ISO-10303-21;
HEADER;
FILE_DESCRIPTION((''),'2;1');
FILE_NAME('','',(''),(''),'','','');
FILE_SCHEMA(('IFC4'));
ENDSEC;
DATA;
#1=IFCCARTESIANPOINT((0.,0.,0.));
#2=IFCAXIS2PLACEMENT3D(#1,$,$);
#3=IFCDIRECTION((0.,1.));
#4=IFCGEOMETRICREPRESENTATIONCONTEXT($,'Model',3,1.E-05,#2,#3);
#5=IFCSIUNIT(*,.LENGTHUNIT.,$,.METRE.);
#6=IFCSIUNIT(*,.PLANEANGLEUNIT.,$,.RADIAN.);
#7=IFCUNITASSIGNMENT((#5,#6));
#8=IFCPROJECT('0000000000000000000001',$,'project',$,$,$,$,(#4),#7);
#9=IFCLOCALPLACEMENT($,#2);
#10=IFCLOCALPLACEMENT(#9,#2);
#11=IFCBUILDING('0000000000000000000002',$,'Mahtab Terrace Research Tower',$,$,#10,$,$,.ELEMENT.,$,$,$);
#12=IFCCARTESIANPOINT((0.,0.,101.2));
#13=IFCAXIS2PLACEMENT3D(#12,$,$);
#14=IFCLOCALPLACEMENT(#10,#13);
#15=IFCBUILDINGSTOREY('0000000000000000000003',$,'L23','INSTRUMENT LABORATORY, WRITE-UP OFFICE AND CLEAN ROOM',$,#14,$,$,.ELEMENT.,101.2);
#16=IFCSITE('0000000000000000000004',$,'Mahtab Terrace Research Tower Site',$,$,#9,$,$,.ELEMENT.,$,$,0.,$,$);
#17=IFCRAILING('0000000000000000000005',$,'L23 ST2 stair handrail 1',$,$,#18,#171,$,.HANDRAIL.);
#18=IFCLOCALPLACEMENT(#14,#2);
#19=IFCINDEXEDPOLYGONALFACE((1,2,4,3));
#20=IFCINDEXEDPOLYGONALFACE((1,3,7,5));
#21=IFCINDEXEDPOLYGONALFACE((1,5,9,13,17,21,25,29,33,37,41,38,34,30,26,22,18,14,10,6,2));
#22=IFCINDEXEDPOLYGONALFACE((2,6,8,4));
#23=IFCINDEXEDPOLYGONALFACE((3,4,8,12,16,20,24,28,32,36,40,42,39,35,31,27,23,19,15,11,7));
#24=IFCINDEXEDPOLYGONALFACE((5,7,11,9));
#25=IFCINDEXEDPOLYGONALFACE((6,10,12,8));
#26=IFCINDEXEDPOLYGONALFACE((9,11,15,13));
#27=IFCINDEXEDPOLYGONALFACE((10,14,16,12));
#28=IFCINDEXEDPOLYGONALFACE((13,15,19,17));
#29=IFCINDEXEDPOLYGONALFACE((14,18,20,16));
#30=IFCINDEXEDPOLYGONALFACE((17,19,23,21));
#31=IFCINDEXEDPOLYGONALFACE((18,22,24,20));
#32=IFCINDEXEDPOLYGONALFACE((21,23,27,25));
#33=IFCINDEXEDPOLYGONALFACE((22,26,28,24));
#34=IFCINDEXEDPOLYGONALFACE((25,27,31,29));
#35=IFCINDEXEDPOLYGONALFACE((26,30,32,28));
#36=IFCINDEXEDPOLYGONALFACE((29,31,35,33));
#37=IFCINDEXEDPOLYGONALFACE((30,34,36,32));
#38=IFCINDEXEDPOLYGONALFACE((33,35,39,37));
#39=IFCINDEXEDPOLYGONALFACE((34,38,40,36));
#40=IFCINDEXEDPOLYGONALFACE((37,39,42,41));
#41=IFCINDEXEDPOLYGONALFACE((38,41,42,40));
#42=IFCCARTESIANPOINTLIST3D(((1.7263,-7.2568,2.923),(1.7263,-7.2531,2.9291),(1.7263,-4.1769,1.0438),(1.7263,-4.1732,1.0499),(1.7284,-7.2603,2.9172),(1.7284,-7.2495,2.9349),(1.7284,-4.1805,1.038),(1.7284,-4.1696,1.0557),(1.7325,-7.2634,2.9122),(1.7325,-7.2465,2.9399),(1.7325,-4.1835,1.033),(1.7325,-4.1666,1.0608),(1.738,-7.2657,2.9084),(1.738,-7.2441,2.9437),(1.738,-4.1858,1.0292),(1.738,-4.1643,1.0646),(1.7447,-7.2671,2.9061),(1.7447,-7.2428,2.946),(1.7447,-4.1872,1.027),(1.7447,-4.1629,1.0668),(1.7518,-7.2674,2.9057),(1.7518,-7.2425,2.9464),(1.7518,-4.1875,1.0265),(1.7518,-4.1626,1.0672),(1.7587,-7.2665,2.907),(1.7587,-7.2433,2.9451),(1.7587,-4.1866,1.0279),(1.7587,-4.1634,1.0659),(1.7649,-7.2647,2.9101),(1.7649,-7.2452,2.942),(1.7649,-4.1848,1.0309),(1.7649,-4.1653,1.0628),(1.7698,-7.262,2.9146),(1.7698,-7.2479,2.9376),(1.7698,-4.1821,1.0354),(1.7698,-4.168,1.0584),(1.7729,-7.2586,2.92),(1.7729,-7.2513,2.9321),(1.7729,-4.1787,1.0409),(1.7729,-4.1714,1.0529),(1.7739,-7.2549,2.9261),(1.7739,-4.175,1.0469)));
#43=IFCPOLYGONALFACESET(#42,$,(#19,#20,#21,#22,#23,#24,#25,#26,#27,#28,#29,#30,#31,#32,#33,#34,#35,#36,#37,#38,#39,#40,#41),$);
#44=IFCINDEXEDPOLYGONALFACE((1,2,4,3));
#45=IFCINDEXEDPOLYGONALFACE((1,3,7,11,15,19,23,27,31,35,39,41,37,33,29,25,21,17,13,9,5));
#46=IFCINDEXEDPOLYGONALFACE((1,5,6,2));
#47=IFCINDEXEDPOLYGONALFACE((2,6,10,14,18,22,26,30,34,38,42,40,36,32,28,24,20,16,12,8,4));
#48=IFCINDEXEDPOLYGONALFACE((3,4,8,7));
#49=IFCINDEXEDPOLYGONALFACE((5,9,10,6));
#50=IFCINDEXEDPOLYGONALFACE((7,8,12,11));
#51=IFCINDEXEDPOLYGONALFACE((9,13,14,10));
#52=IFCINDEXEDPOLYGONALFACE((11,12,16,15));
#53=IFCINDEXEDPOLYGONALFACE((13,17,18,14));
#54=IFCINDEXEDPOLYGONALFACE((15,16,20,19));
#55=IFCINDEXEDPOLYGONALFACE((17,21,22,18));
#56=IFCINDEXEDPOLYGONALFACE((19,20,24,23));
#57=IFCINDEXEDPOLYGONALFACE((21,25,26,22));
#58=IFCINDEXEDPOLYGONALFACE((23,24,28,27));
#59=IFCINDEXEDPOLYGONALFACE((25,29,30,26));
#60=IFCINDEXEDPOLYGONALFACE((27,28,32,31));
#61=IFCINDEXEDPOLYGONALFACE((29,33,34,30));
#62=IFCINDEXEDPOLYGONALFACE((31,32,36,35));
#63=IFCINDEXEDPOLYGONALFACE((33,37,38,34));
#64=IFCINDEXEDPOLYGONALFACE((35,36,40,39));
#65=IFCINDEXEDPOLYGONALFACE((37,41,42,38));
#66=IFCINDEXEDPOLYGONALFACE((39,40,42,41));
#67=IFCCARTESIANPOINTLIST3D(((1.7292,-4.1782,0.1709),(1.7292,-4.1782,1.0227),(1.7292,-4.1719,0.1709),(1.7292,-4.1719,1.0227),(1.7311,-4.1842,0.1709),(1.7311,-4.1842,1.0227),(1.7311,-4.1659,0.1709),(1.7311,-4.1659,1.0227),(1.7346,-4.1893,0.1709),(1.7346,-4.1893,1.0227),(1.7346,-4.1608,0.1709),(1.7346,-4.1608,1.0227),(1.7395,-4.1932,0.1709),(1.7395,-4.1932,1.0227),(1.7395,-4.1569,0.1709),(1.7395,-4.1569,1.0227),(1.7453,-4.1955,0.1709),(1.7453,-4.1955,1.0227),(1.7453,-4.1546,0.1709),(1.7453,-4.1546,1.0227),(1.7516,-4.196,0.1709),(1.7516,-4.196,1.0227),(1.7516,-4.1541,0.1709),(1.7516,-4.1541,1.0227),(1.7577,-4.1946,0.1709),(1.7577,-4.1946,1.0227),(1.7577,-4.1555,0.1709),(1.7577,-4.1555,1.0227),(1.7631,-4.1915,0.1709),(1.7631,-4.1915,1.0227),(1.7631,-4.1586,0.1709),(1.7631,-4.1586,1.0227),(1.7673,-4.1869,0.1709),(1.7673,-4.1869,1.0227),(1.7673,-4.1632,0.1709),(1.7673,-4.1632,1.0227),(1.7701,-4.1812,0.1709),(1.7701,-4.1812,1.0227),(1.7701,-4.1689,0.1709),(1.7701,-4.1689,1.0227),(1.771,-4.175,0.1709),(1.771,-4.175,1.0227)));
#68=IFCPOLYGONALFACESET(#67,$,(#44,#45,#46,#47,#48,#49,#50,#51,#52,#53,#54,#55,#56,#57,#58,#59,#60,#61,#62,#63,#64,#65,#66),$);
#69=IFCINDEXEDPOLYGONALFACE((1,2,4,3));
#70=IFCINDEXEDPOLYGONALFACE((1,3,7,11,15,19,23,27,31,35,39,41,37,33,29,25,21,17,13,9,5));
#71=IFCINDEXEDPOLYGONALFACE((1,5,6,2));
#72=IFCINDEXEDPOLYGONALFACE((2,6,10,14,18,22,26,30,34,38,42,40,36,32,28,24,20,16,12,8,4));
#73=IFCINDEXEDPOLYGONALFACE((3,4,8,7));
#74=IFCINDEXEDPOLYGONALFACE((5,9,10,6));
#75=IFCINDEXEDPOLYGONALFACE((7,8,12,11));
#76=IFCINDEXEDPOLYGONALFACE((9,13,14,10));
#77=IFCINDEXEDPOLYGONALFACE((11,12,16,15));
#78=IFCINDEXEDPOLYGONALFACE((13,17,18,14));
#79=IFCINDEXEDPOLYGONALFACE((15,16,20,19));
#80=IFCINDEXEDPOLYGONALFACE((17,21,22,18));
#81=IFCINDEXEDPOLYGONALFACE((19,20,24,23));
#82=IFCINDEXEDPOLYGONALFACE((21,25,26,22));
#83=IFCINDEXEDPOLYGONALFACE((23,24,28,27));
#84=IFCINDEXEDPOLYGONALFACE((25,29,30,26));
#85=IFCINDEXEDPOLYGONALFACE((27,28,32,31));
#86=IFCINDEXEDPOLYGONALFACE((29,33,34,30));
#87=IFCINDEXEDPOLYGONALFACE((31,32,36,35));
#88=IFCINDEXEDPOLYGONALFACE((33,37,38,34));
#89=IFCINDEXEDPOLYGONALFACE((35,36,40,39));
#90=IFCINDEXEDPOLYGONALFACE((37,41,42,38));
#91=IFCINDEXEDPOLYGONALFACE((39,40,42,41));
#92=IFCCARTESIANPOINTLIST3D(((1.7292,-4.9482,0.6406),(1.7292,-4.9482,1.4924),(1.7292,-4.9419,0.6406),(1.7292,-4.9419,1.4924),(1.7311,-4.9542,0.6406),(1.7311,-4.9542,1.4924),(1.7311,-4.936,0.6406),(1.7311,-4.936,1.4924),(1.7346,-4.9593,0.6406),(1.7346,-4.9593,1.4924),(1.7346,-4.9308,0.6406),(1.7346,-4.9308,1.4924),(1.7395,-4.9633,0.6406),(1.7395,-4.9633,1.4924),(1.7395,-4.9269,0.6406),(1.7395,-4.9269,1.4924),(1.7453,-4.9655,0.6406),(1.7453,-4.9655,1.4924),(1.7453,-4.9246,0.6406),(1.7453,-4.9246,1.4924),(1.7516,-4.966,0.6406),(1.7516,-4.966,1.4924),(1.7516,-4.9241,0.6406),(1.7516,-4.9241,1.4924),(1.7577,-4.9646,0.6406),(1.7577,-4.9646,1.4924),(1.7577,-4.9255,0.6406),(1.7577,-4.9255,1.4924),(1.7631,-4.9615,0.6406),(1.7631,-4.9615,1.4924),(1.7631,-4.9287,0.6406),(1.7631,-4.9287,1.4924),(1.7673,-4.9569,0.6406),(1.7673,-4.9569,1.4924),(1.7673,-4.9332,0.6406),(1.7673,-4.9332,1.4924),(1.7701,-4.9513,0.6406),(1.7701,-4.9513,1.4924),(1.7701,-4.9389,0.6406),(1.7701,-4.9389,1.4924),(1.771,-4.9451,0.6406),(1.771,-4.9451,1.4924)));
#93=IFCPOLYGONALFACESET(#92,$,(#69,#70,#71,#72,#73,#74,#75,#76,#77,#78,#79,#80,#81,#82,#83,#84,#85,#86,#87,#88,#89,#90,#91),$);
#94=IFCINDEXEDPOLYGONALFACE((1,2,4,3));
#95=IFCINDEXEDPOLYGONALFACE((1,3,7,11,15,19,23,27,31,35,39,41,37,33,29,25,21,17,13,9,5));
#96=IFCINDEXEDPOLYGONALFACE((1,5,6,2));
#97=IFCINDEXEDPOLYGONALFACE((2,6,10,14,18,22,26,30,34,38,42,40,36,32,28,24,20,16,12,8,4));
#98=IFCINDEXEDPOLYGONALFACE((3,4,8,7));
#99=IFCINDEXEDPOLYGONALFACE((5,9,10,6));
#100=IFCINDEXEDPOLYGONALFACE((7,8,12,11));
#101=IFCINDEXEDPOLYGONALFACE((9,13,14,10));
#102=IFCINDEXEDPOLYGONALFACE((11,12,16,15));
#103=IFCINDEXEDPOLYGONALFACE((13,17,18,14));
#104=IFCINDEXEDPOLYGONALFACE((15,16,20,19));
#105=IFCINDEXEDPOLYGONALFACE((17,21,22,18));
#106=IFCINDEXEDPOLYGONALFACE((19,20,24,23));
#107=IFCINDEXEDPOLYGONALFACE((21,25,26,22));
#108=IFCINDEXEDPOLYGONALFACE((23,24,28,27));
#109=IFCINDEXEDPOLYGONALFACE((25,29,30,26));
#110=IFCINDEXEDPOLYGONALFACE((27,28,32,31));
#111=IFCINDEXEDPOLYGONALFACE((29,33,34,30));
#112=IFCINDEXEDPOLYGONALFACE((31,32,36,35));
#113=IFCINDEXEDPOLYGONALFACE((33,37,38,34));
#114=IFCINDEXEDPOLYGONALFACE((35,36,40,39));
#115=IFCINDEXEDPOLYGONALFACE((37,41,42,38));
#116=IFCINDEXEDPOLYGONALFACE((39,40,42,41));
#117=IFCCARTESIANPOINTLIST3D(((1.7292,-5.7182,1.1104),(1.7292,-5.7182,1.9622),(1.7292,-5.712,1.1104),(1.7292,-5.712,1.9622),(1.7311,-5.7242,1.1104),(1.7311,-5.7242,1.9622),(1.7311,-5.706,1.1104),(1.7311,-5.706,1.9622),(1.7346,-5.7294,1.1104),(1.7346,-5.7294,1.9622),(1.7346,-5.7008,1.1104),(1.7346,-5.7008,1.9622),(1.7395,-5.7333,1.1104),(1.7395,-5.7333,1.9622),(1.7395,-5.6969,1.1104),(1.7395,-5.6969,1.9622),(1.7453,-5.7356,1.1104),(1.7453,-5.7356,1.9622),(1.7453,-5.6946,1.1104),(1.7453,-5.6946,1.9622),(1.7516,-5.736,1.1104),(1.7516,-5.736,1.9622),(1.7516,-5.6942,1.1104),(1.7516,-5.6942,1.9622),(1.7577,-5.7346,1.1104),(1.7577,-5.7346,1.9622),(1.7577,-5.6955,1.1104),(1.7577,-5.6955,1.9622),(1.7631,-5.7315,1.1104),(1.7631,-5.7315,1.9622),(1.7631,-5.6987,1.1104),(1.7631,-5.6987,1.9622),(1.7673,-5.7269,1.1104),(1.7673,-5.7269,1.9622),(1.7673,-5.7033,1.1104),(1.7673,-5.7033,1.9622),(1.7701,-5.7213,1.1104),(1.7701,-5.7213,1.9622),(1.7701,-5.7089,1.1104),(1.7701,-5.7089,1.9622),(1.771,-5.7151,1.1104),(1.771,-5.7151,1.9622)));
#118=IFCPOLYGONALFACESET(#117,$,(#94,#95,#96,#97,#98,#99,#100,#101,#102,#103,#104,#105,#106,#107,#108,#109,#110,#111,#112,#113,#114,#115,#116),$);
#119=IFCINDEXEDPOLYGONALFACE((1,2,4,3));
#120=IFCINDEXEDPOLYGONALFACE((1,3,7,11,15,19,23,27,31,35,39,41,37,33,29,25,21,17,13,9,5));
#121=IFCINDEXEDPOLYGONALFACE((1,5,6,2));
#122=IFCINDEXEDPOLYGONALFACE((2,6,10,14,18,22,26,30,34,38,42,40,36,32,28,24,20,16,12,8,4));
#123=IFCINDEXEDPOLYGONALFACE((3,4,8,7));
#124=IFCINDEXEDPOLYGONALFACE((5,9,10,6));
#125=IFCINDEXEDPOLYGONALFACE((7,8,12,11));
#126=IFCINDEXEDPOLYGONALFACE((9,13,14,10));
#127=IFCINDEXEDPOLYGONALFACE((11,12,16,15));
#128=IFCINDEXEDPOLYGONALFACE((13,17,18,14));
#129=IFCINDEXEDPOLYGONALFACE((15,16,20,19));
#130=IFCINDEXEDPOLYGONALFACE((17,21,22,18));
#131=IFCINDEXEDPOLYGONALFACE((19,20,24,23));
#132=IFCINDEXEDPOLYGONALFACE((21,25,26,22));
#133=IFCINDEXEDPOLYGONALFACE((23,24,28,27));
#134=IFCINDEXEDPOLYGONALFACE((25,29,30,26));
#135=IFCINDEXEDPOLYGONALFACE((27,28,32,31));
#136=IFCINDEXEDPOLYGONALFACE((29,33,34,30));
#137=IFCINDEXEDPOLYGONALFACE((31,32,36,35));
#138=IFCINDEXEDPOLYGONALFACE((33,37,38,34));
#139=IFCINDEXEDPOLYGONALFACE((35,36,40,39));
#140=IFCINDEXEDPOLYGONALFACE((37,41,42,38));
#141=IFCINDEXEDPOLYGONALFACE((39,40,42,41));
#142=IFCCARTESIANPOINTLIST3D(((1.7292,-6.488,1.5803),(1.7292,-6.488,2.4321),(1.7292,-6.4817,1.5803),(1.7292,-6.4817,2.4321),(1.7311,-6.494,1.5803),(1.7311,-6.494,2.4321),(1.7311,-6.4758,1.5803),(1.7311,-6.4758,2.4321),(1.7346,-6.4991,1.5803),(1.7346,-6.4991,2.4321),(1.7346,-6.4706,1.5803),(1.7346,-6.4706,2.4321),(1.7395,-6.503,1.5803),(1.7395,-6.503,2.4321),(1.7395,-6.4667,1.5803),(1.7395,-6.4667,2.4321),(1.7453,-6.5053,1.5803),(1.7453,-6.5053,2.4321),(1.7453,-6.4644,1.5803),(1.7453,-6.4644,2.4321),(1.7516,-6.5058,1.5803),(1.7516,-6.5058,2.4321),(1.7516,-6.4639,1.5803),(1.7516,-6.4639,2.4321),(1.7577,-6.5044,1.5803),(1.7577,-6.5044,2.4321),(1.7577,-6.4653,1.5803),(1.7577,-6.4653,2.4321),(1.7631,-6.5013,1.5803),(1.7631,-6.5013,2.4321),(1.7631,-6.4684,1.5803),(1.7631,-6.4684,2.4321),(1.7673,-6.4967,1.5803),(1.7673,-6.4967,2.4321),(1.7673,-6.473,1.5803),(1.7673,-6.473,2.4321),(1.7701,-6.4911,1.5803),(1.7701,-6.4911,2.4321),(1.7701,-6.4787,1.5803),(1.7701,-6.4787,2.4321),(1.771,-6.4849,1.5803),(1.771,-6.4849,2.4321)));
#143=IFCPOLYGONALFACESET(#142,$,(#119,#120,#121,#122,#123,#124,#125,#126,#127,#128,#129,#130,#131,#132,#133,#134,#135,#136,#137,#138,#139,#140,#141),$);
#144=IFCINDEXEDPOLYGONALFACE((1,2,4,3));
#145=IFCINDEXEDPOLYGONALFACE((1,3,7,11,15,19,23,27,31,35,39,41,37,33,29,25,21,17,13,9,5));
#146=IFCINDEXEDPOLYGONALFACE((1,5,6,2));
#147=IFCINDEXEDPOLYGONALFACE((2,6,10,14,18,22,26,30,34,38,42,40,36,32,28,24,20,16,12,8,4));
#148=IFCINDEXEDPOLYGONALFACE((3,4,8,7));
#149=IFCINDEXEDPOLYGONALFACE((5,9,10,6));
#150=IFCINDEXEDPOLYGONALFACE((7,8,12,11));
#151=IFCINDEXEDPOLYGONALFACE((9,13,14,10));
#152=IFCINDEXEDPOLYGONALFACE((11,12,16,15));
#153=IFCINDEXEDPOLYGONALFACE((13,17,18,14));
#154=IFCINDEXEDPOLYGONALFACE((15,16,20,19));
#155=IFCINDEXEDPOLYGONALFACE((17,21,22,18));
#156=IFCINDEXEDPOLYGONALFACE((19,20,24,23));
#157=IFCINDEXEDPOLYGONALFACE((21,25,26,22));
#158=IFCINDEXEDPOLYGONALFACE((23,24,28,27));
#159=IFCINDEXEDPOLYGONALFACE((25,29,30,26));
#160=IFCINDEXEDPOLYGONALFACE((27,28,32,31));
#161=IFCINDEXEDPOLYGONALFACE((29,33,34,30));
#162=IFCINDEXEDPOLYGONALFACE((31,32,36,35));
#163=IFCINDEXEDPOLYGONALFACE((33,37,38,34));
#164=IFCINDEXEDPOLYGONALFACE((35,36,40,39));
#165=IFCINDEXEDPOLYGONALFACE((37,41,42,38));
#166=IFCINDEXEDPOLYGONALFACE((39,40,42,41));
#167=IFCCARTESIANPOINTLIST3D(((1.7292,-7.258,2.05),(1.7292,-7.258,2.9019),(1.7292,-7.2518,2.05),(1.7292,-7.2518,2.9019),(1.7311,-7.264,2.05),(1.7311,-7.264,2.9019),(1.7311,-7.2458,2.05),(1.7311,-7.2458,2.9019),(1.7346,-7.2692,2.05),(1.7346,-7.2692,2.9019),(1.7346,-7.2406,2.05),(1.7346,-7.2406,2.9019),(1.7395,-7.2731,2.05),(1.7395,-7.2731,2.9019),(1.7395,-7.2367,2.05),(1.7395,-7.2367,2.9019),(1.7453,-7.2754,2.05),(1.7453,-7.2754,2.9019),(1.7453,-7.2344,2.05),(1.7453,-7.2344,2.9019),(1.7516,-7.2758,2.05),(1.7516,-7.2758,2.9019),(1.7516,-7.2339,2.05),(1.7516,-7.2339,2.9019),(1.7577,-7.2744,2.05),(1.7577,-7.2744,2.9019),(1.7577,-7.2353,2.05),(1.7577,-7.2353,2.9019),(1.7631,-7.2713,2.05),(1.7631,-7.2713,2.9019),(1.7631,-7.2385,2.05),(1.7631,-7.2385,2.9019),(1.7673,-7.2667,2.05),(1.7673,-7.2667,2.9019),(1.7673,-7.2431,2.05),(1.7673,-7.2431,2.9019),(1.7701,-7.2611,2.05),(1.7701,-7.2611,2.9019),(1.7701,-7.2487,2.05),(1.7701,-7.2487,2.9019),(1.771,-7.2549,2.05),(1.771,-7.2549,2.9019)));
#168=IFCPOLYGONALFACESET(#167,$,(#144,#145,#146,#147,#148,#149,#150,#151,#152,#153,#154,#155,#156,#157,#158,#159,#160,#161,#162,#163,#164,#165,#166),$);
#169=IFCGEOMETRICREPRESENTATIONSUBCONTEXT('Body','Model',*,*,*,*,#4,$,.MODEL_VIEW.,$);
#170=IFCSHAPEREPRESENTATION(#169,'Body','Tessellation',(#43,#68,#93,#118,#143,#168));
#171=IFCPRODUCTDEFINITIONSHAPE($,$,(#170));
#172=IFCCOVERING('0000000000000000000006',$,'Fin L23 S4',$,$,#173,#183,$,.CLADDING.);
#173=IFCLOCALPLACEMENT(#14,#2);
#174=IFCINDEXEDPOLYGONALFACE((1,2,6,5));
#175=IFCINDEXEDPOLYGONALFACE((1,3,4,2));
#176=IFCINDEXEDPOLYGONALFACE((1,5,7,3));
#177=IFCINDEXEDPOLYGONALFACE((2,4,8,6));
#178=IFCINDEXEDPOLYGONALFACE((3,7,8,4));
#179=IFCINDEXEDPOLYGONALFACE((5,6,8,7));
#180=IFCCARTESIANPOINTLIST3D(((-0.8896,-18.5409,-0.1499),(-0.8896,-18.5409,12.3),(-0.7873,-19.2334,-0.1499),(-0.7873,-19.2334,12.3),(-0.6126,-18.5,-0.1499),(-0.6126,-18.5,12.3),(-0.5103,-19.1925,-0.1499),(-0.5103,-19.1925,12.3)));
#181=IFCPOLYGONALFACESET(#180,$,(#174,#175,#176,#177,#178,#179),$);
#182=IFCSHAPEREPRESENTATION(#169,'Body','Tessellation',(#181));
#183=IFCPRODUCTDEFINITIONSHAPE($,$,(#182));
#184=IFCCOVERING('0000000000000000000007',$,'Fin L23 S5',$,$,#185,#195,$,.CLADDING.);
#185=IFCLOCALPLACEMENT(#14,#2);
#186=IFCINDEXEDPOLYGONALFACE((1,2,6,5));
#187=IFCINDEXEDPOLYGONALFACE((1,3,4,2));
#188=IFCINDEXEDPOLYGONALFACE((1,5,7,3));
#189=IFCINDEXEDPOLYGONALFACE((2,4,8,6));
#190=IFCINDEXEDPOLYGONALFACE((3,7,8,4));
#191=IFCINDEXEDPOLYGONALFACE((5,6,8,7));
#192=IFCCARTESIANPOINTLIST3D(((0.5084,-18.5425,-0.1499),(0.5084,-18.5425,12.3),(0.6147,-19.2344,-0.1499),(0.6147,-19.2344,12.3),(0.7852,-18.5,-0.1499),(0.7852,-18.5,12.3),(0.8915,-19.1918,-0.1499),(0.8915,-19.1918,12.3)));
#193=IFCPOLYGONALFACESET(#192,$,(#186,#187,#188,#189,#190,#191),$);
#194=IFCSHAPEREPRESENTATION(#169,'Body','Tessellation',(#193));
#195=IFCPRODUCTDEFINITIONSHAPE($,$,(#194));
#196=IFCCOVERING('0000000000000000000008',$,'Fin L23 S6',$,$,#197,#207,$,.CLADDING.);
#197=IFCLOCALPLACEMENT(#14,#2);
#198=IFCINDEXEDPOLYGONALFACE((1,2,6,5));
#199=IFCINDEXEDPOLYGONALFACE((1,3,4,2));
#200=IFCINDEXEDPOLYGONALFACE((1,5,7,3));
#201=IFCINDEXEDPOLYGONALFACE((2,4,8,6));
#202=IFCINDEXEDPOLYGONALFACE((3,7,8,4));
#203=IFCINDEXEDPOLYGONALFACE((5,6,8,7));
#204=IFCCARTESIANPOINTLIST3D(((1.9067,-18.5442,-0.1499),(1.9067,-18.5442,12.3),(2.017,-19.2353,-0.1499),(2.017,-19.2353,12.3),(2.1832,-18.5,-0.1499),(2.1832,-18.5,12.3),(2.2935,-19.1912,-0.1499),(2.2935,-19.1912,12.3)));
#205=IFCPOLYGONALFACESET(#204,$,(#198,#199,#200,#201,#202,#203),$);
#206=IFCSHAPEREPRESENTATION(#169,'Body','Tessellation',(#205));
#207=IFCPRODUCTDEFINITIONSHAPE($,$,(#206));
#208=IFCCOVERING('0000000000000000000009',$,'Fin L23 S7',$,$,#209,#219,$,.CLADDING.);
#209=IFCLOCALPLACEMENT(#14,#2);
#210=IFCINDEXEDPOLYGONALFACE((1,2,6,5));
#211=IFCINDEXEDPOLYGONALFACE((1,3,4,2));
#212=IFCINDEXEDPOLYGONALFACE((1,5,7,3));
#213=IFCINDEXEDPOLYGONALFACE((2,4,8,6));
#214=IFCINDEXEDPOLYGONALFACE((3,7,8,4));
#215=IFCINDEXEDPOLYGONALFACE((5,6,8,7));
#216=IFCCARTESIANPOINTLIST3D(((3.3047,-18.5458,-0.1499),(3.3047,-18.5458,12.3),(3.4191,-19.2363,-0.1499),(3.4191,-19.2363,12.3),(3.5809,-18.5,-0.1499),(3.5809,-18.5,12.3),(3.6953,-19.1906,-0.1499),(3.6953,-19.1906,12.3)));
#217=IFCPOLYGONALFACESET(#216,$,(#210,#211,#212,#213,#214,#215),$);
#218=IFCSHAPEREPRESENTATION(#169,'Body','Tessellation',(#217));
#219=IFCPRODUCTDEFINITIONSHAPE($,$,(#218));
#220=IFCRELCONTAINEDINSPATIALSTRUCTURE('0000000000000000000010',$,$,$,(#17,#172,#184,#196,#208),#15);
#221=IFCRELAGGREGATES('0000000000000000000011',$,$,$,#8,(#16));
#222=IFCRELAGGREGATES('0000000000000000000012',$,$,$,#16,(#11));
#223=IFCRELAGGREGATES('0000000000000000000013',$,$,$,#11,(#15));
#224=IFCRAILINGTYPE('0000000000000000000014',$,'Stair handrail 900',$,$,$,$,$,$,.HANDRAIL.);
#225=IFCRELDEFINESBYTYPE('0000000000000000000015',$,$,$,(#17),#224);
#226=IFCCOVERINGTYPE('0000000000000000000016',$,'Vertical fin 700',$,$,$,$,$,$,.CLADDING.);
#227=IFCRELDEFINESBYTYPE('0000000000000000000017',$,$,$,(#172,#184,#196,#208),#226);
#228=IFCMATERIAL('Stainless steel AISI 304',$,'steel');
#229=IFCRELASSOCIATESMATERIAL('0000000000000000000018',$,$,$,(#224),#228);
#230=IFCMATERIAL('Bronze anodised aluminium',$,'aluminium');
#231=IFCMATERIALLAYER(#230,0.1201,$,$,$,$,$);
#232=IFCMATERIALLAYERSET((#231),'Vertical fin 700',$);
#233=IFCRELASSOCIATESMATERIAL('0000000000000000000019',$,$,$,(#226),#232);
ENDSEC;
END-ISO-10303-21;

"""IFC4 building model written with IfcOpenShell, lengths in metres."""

from ifc_helpers import new_model, si_unit, direction, frame, origin, origin_2d, place, context, subcontext, project, spatial, rectangle, circle, extrude, material, layer, layer_set, type_object, element, save


model = new_model("IFC4")

# Units and contexts
model_context = context("Model", 3, precision=1e-05, world=origin(), true_north=direction((0.0, 1.0)))
body_context = subcontext(model_context, "Body", "Model", "MODEL_VIEW")
ifc_project = project(units=[si_unit("LENGTHUNIT", "METRE"), si_unit("PLANEANGLEUNIT", "RADIAN")], contexts=[model_context])

# Site, building, storey
site_placement = place(None, origin())
site = spatial("IfcSite", under=ifc_project, at=site_placement, Name="Mahtab Terrace Research Tower Site", CompositionType="ELEMENT", RefElevation=0.0)
building_placement = place(site_placement, origin())
building = spatial("IfcBuilding", under=site, at=building_placement, Name="Mahtab Terrace Research Tower", CompositionType="ELEMENT")
storey_placement = place(building_placement, frame((0.0, 0.0, 101.2)))
storey = spatial("IfcBuildingStorey", under=building, at=storey_placement, Name="L23", Description="INSTRUMENT LABORATORY, WRITE-UP OFFICE AND CLEAN ROOM", CompositionType="ELEMENT", Elevation=101.2)

# Railing
ifc_material_1 = material(Name="Stainless steel AISI 304", Category="steel")
railing_type_1 = type_object("IfcRailingType", Name="Stair handrail 900", PredefinedType="HANDRAIL", material=ifc_material_1)
railing_1_placement = place(storey_placement, frame((1.75, -4.175, 0.1709)))
element("IfcRailing", 1, at=railing_1_placement, inside=storey, type_object=railing_type_1, Name="L23 ST2 stair handrail 1", PredefinedType="HANDRAIL", context=body_context, shape_type="SweptSolid", body=[
    extrude(circle(Radius=0.0239, at=origin_2d()), frame((0.0, 0.0, 0.876), z_axis=(0.0, -0.853648, 0.52085), x_axis=(1.0, 0.0, 0.0)), (0.0, 0.0, 1.0), 3.6079),
    extrude(circle(Radius=0.021, at=origin_2d()), origin(), (0.0, 0.0, 1.0), 0.8518),
    extrude(circle(Radius=0.021, at=origin_2d()), frame((0.0, -0.77, 0.4697)), (0.0, 0.0, 1.0), 0.8518),
    extrude(circle(Radius=0.021, at=origin_2d()), frame((0.0, -1.54, 0.9395)), (0.0, 0.0, 1.0), 0.8518),
    extrude(circle(Radius=0.021, at=origin_2d()), frame((0.0, -2.3098, 1.4094)), (0.0, 0.0, 1.0), 0.8518),
    extrude(circle(Radius=0.021, at=origin_2d()), frame((0.0, -3.0798, 1.8792)), (0.0, 0.0, 1.0), 0.8518),
])

# Coverings
ifc_material_2 = material(Name="Bronze anodised aluminium", Category="aluminium")
ifc_layer_1 = layer(ifc_material_2, 0.1201)
ifc_layer_set_1 = layer_set([ifc_layer_1], Name="Vertical fin 700")
covering_type = type_object("IfcCoveringType", Name="Vertical fin 700", PredefinedType="CLADDING", material=ifc_layer_set_1)
for number, where, z_axis, x_axis, name in (
    (2, (-0.7, -18.8667, -0.1499), (0.0, 0.0, 1.0), (0.98926, 0.146165, 0.0), "Fin L23 S4"),
    (3, (0.7, -18.8672, -0.1499), (0.0, 0.0, 1.0), (0.988393, 0.151918, 0.0), "Fin L23 S5"),
    (4, (2.1001, -18.8677, -0.1499), (0.0, 0.0, 1.0), (0.987493, 0.157666, 0.0), "Fin L23 S6"),
    (5, (3.5, -18.8682, -0.1499), (0.0, 0.0, 1.0), (0.986559, 0.163408, 0.0), "Fin L23 S7"),
):
    element("IfcCovering", number, at=place(storey_placement, frame(where, z_axis=z_axis, x_axis=x_axis)), inside=storey, type_object=covering_type, Name=name, PredefinedType="CLADDING", context=body_context, shape_type="SweptSolid", body=[
        extrude(rectangle(XDim=0.28, YDim=0.7, at=origin_2d()), origin(), (0.0, 0.0, 1.0), 12.45),
    ])

save(model, "model.ifc")
